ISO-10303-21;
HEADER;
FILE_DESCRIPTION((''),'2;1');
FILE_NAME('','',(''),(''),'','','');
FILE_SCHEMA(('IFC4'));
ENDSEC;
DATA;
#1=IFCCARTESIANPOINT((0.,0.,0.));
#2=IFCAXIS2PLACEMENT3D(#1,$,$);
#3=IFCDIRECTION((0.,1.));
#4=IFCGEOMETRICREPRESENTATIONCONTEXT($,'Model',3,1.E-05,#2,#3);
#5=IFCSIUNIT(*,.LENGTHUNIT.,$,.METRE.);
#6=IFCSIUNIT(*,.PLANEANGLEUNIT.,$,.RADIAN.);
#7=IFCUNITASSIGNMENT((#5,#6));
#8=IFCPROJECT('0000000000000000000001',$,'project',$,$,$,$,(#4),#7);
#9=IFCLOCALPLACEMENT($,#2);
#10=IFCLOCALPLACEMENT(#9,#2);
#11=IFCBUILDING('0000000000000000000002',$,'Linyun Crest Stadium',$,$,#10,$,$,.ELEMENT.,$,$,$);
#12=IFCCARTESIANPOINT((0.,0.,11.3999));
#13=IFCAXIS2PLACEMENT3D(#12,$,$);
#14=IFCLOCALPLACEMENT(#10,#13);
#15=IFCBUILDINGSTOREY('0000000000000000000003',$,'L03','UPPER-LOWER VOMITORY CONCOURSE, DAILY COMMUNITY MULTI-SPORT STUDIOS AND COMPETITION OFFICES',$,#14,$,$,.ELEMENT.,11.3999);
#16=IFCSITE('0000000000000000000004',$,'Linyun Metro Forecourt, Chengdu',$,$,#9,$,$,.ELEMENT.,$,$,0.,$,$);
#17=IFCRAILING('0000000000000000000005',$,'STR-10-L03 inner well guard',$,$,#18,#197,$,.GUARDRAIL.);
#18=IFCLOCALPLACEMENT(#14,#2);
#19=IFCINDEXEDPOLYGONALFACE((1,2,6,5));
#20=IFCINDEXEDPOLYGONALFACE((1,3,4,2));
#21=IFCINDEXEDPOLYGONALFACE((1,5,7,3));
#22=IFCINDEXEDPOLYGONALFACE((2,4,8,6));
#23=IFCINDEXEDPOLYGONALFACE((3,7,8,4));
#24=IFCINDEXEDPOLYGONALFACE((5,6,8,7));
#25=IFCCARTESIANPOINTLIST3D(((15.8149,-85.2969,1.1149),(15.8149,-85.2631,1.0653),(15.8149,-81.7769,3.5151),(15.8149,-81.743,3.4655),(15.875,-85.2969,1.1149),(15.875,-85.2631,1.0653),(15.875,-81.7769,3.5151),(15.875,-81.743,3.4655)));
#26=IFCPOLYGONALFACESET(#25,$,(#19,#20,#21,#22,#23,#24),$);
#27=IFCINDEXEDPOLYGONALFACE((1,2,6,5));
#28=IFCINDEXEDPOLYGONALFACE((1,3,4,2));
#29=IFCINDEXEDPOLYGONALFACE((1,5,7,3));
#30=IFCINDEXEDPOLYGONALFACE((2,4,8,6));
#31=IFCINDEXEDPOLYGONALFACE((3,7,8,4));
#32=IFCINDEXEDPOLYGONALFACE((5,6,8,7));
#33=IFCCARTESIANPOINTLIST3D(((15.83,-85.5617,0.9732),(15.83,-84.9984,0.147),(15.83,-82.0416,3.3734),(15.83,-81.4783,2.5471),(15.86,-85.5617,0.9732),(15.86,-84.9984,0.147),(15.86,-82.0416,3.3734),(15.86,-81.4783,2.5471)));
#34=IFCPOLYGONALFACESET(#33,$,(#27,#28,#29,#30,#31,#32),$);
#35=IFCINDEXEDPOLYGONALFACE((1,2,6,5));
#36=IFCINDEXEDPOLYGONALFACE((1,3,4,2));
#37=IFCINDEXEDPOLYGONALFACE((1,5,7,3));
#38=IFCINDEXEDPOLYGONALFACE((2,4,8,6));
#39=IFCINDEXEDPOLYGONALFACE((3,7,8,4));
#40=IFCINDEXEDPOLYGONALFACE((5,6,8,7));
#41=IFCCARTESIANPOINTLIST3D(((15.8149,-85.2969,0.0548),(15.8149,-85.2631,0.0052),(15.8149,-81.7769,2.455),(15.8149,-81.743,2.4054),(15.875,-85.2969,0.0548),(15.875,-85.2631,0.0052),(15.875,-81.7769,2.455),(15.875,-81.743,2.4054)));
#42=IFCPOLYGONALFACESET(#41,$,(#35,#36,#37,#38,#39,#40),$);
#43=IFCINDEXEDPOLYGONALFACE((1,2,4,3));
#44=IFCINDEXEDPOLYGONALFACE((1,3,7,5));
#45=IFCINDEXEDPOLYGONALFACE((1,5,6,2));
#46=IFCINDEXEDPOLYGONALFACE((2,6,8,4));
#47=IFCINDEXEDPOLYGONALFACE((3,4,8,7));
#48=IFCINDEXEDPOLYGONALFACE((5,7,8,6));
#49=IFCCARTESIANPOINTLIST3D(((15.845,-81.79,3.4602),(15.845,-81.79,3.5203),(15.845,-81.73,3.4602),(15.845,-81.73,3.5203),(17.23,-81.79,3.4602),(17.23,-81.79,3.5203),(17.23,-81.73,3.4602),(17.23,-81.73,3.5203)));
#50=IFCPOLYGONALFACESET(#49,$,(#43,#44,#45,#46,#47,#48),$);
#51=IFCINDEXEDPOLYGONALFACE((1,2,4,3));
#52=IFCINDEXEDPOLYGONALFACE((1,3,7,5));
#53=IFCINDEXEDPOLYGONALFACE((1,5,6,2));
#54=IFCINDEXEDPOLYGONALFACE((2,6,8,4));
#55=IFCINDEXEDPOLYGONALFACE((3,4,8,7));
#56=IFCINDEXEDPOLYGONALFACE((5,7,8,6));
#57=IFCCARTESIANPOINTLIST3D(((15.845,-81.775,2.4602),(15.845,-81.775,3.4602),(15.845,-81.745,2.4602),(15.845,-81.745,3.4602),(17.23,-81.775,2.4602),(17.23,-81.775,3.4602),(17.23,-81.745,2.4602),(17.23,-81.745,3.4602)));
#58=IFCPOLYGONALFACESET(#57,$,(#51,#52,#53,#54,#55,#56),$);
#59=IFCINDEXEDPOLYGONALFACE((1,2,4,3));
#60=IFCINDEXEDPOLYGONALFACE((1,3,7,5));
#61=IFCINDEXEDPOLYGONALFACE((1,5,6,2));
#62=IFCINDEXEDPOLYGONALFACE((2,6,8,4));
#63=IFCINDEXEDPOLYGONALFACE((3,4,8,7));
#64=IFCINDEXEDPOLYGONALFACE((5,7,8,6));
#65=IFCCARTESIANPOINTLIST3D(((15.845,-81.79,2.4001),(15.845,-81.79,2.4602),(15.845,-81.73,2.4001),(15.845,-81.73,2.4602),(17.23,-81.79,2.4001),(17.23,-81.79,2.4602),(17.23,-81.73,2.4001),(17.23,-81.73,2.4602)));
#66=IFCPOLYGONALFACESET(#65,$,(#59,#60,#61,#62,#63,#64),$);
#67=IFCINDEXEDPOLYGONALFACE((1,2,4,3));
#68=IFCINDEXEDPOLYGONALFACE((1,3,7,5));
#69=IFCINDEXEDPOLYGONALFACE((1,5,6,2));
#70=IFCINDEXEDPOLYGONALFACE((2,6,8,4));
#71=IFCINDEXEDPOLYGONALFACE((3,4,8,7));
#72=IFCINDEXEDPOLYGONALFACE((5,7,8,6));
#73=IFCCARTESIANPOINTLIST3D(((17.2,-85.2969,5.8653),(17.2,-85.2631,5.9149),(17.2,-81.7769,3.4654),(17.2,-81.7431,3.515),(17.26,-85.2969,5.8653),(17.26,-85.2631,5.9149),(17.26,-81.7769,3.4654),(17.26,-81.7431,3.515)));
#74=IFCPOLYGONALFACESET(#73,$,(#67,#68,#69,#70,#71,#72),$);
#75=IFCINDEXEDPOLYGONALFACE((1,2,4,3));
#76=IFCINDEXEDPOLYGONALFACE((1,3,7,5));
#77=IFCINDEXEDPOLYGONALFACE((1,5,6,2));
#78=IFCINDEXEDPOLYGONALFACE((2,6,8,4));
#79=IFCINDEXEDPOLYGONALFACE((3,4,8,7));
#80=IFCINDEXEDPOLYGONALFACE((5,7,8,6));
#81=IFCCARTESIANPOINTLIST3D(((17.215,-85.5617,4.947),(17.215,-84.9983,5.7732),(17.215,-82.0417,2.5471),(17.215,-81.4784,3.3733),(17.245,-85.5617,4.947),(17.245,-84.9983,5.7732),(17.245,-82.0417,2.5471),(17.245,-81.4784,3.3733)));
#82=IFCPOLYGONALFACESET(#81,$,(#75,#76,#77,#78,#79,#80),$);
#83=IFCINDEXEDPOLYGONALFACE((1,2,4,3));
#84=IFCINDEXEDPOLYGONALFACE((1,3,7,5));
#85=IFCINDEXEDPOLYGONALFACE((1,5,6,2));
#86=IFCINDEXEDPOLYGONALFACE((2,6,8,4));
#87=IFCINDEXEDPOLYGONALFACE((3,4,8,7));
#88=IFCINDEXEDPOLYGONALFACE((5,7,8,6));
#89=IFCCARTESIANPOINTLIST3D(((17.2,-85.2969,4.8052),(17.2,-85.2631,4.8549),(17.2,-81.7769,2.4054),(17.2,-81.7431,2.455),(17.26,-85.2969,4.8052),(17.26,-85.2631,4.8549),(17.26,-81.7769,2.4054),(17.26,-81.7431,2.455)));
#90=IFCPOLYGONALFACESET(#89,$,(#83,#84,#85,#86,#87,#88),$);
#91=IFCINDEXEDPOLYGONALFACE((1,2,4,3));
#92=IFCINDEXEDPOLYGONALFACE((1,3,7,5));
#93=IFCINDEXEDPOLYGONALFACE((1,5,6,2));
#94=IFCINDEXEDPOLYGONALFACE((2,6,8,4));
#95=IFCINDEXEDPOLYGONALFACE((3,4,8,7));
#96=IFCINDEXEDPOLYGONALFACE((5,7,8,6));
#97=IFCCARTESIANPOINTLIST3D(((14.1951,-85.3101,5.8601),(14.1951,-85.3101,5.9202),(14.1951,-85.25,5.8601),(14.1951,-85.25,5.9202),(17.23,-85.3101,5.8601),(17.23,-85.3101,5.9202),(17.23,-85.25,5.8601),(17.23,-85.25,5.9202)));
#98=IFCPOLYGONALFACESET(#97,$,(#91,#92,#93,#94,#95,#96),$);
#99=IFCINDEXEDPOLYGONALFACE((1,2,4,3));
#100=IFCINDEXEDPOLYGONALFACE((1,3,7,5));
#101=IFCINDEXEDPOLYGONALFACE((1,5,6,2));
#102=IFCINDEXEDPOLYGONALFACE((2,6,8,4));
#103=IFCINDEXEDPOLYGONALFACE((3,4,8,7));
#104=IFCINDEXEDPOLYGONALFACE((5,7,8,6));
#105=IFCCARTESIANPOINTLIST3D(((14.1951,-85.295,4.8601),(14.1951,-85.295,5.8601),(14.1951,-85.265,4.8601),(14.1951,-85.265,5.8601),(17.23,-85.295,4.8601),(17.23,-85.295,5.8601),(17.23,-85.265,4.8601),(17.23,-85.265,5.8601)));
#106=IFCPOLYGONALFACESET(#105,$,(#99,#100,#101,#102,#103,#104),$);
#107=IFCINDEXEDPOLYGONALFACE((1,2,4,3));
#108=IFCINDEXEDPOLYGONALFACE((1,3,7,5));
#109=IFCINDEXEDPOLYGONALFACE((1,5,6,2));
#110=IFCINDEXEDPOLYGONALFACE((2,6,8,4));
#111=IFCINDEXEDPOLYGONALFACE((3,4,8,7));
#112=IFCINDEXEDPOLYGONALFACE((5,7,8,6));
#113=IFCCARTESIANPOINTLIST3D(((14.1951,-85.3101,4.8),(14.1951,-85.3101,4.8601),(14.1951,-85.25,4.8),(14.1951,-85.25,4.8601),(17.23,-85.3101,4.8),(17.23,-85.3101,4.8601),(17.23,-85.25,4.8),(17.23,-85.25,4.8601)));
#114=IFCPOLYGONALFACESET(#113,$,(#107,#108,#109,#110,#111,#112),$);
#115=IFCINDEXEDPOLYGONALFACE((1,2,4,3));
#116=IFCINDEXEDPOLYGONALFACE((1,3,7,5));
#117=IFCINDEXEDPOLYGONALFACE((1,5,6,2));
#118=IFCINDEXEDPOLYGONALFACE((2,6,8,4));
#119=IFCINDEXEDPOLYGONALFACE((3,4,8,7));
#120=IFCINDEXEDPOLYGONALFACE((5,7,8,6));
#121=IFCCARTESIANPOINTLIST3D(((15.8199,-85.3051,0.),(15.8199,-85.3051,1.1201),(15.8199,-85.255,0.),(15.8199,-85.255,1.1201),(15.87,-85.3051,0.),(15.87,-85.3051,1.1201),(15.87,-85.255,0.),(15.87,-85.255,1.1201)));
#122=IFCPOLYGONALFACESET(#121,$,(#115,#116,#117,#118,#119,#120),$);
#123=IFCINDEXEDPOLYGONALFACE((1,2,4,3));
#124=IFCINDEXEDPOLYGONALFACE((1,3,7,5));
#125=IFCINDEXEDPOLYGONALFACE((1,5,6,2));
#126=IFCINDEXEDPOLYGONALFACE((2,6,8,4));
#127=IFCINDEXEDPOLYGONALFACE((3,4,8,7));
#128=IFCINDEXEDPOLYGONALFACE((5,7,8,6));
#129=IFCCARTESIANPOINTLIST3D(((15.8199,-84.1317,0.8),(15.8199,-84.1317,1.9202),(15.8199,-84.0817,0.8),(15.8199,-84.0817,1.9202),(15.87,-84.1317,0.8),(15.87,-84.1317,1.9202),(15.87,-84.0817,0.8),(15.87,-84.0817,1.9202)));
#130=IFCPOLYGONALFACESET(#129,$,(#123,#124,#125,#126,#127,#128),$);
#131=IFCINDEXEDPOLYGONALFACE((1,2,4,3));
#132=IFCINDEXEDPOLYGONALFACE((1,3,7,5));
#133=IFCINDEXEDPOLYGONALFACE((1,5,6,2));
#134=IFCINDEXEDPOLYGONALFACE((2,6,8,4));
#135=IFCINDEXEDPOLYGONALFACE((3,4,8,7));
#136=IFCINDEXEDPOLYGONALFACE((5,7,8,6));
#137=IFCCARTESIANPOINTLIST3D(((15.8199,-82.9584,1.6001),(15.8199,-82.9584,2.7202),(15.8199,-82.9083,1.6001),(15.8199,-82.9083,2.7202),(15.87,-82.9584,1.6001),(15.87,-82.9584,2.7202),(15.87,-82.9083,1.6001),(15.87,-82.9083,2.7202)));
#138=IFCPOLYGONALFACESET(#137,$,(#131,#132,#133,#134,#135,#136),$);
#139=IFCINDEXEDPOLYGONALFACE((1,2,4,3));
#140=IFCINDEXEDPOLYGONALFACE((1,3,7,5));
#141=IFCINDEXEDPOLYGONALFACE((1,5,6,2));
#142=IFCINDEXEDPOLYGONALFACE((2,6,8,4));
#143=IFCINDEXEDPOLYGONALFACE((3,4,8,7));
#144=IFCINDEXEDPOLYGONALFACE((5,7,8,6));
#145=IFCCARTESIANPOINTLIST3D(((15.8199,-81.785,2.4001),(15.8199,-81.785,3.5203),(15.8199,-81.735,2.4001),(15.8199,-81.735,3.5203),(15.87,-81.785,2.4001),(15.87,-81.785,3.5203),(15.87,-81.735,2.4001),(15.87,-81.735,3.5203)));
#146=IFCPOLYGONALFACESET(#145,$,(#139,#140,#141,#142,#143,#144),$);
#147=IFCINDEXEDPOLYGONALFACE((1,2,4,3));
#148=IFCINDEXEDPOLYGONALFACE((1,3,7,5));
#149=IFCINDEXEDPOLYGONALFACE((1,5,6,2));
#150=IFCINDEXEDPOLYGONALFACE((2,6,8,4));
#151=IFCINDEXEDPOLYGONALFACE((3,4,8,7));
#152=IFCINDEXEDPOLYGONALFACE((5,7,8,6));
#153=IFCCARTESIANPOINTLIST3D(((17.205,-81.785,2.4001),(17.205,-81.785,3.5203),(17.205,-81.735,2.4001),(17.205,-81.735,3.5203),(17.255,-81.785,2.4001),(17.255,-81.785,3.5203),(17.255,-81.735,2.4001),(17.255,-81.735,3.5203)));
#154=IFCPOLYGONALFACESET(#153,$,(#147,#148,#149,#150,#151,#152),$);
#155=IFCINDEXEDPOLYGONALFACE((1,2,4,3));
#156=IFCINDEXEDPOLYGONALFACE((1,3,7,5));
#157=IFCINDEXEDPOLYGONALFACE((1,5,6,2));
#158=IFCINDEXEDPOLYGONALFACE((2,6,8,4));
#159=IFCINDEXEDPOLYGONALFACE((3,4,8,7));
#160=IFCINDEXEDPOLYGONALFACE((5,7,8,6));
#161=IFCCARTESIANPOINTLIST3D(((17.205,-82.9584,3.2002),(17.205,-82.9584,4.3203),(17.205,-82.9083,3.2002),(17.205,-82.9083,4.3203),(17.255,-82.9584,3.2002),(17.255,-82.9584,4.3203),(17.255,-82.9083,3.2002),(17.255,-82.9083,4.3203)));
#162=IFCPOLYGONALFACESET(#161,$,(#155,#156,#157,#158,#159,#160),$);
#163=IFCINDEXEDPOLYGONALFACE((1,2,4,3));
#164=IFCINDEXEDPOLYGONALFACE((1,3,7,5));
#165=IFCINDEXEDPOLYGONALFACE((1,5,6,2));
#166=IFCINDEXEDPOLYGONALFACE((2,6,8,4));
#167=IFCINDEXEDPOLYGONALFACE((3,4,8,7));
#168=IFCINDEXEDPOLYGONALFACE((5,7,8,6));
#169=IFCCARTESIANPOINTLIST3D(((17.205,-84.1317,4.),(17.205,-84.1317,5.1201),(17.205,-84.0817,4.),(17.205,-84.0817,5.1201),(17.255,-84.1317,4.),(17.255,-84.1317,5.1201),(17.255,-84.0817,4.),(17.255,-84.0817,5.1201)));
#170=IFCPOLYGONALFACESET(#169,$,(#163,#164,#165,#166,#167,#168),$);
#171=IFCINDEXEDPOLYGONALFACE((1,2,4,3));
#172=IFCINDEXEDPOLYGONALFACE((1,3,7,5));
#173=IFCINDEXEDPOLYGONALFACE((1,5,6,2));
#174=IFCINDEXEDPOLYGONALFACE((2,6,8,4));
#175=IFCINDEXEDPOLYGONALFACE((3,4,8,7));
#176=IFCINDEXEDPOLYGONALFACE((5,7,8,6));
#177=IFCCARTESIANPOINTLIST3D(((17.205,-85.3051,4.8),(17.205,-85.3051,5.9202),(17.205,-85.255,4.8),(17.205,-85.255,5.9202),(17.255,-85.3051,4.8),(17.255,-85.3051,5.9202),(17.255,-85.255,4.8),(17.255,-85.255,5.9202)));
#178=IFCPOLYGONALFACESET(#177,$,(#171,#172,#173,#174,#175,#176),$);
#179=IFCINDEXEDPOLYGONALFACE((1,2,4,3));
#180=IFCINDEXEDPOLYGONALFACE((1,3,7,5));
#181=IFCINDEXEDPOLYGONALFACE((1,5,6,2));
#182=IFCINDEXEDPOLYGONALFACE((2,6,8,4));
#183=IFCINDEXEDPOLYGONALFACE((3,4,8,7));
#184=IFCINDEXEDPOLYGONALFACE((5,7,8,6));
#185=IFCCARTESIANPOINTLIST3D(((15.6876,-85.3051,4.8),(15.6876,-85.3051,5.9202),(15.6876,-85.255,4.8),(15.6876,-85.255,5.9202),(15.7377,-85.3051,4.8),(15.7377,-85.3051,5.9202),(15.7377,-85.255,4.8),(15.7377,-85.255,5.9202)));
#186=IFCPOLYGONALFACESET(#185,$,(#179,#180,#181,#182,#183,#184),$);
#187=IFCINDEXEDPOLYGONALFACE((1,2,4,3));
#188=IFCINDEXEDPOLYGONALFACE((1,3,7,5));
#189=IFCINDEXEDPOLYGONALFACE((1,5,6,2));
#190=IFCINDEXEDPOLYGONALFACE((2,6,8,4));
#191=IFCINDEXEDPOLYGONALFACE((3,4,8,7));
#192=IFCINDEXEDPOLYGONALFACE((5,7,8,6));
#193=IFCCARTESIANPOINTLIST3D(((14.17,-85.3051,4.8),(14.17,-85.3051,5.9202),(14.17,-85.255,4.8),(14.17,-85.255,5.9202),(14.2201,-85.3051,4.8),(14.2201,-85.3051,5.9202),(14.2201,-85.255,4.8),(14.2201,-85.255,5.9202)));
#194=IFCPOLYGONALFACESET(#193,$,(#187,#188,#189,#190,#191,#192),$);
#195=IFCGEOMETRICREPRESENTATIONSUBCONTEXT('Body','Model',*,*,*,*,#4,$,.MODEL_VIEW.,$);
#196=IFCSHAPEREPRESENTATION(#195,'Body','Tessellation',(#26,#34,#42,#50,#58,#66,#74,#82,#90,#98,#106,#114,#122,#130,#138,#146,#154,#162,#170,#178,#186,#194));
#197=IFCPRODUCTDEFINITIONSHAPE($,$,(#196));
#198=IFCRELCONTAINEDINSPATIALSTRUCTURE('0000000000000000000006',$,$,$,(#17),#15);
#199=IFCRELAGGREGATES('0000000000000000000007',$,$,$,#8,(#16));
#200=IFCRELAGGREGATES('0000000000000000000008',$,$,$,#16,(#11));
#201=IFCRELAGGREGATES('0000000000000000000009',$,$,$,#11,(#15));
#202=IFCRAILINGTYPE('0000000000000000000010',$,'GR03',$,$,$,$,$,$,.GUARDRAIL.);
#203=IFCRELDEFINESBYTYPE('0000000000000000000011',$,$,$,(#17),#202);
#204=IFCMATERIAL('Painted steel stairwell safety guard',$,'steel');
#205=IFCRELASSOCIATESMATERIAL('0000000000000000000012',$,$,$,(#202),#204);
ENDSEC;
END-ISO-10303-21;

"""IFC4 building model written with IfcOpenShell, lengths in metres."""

from ifc_helpers import new_model, si_unit, direction, frame, origin, origin_2d, place, context, subcontext, project, spatial, rectangle, extrude, material, type_object, element, save


model = new_model("IFC4")

# Units and contexts
model_context = context("Model", 3, precision=1e-05, world=origin(), true_north=direction((0.0, 1.0)))
body_context = subcontext(model_context, "Body", "Model", "MODEL_VIEW")
ifc_project = project(units=[si_unit("LENGTHUNIT", "METRE"), si_unit("PLANEANGLEUNIT", "RADIAN")], contexts=[model_context])

# Site, building, storey
site_placement = place(None, origin())
site = spatial("IfcSite", under=ifc_project, at=site_placement, Name="Linyun Metro Forecourt, Chengdu", CompositionType="ELEMENT", RefElevation=0.0)
building_placement = place(site_placement, origin())
building = spatial("IfcBuilding", under=site, at=building_placement, Name="Linyun Crest Stadium", CompositionType="ELEMENT")
storey_placement = place(building_placement, frame((0.0, 0.0, 11.3999)))
storey = spatial("IfcBuildingStorey", under=building, at=storey_placement, Name="L03", Description="UPPER-LOWER VOMITORY CONCOURSE, DAILY COMMUNITY MULTI-SPORT STUDIOS AND COMPETITION OFFICES", CompositionType="ELEMENT", Elevation=11.3999)

# Railing
ifc_material_1 = material(Name="Painted steel stairwell safety guard", Category="steel")
railing_type_1 = type_object("IfcRailingType", Name="GR03", PredefinedType="GUARDRAIL", material=ifc_material_1)
railing_1_placement = place(storey_placement, frame((15.845, -85.28, 0.0)))
element("IfcRailing", 1, at=railing_1_placement, inside=storey, type_object=railing_type_1, Name="STR-10-L03 inner well guard", PredefinedType="GUARDRAIL", context=body_context, shape_type="SweptSolid", body=[
    extrude(rectangle(XDim=0.0601, YDim=0.0601, at=origin_2d()), frame((0.0, 0.0, 1.0901), z_axis=(0.0, 0.826213, 0.563358), x_axis=(-1.0, 0.0, 0.0)), (0.0, 0.0, 1.0), 4.2605),
    extrude(rectangle(XDim=0.03, YDim=1.0, at=origin_2d()), frame((0.0, 0.0, 0.5601), z_axis=(0.0, 0.826213, 0.563358), x_axis=(-1.0, 0.0, 0.0)), (0.0, 0.0, 1.0), 4.2605),
    extrude(rectangle(XDim=0.0601, YDim=0.0601, at=origin_2d()), frame((0.0, 0.0, 0.03), z_axis=(0.0, 0.826213, 0.563358), x_axis=(-1.0, 0.0, 0.0)), (0.0, 0.0, 1.0), 4.2605),
    extrude(rectangle(XDim=0.0601, YDim=0.0601, at=origin_2d()), frame((0.0, 3.52, 3.4902), z_axis=(1.0, 0.0, 0.0), x_axis=(0.0, 1.0, 0.0)), (0.0, 0.0, 1.0), 1.385),
    extrude(rectangle(XDim=0.03, YDim=1.0, at=origin_2d()), frame((0.0, 3.52, 2.9602), z_axis=(1.0, 0.0, 0.0), x_axis=(0.0, 1.0, 0.0)), (0.0, 0.0, 1.0), 1.385),
    extrude(rectangle(XDim=0.0601, YDim=0.0601, at=origin_2d()), frame((0.0, 3.52, 2.4302), z_axis=(1.0, 0.0, 0.0), x_axis=(0.0, 1.0, 0.0)), (0.0, 0.0, 1.0), 1.385),
    extrude(rectangle(XDim=0.0601, YDim=0.0601, at=origin_2d()), frame((1.385, 3.52, 3.4902), z_axis=(0.0, -0.826239, 0.563319), x_axis=(1.0, 0.0, 0.0)), (0.0, 0.0, 1.0), 4.2603),
    extrude(rectangle(XDim=0.03, YDim=1.0, at=origin_2d()), frame((1.385, 3.52, 2.9602), z_axis=(0.0, -0.826239, 0.563319), x_axis=(1.0, 0.0, 0.0)), (0.0, 0.0, 1.0), 4.2603),
    extrude(rectangle(XDim=0.0601, YDim=0.0601, at=origin_2d()), frame((1.385, 3.52, 2.4302), z_axis=(0.0, -0.826239, 0.563319), x_axis=(1.0, 0.0, 0.0)), (0.0, 0.0, 1.0), 4.2603),
    extrude(rectangle(XDim=0.0601, YDim=0.0601, at=origin_2d()), frame((1.385, 0.0, 5.8901), z_axis=(-1.0, 0.0, 0.0), x_axis=(0.0, -1.0, 0.0)), (0.0, 0.0, 1.0), 3.0349),
    extrude(rectangle(XDim=0.03, YDim=1.0, at=origin_2d()), frame((1.385, 0.0, 5.3601), z_axis=(-1.0, 0.0, 0.0), x_axis=(0.0, -1.0, 0.0)), (0.0, 0.0, 1.0), 3.0349),
    extrude(rectangle(XDim=0.0601, YDim=0.0601, at=origin_2d()), frame((1.385, 0.0, 4.8301), z_axis=(-1.0, 0.0, 0.0), x_axis=(0.0, -1.0, 0.0)), (0.0, 0.0, 1.0), 3.0349),
    extrude(rectangle(XDim=0.05, YDim=0.05, at=origin_2d()), origin(), (0.0, 0.0, 1.0), 1.1201),
    extrude(rectangle(XDim=0.05, YDim=0.05, at=origin_2d()), frame((0.0, 1.1733, 0.8)), (0.0, 0.0, 1.0), 1.1201),
    extrude(rectangle(XDim=0.05, YDim=0.05, at=origin_2d()), frame((0.0, 2.3467, 1.6001)), (0.0, 0.0, 1.0), 1.1201),
    extrude(rectangle(XDim=0.05, YDim=0.05, at=origin_2d()), frame((0.0, 3.52, 2.4001)), (0.0, 0.0, 1.0), 1.1201),
    extrude(rectangle(XDim=0.05, YDim=0.05, at=origin_2d()), frame((1.385, 3.52, 2.4001)), (0.0, 0.0, 1.0), 1.1201),
    extrude(rectangle(XDim=0.05, YDim=0.05, at=origin_2d()), frame((1.385, 2.3467, 3.2002)), (0.0, 0.0, 1.0), 1.1201),
    extrude(rectangle(XDim=0.05, YDim=0.05, at=origin_2d()), frame((1.385, 1.1733, 4.0)), (0.0, 0.0, 1.0), 1.1201),
    extrude(rectangle(XDim=0.05, YDim=0.05, at=origin_2d()), frame((1.385, 0.0, 4.8)), (0.0, 0.0, 1.0), 1.1201),
    extrude(rectangle(XDim=0.05, YDim=0.05, at=origin_2d()), frame((-0.1323, 0.0, 4.8)), (0.0, 0.0, 1.0), 1.1201),
    extrude(rectangle(XDim=0.05, YDim=0.05, at=origin_2d()), frame((-1.6499, 0.0, 4.8)), (0.0, 0.0, 1.0), 1.1201),
])

save(model, "model.ifc")
